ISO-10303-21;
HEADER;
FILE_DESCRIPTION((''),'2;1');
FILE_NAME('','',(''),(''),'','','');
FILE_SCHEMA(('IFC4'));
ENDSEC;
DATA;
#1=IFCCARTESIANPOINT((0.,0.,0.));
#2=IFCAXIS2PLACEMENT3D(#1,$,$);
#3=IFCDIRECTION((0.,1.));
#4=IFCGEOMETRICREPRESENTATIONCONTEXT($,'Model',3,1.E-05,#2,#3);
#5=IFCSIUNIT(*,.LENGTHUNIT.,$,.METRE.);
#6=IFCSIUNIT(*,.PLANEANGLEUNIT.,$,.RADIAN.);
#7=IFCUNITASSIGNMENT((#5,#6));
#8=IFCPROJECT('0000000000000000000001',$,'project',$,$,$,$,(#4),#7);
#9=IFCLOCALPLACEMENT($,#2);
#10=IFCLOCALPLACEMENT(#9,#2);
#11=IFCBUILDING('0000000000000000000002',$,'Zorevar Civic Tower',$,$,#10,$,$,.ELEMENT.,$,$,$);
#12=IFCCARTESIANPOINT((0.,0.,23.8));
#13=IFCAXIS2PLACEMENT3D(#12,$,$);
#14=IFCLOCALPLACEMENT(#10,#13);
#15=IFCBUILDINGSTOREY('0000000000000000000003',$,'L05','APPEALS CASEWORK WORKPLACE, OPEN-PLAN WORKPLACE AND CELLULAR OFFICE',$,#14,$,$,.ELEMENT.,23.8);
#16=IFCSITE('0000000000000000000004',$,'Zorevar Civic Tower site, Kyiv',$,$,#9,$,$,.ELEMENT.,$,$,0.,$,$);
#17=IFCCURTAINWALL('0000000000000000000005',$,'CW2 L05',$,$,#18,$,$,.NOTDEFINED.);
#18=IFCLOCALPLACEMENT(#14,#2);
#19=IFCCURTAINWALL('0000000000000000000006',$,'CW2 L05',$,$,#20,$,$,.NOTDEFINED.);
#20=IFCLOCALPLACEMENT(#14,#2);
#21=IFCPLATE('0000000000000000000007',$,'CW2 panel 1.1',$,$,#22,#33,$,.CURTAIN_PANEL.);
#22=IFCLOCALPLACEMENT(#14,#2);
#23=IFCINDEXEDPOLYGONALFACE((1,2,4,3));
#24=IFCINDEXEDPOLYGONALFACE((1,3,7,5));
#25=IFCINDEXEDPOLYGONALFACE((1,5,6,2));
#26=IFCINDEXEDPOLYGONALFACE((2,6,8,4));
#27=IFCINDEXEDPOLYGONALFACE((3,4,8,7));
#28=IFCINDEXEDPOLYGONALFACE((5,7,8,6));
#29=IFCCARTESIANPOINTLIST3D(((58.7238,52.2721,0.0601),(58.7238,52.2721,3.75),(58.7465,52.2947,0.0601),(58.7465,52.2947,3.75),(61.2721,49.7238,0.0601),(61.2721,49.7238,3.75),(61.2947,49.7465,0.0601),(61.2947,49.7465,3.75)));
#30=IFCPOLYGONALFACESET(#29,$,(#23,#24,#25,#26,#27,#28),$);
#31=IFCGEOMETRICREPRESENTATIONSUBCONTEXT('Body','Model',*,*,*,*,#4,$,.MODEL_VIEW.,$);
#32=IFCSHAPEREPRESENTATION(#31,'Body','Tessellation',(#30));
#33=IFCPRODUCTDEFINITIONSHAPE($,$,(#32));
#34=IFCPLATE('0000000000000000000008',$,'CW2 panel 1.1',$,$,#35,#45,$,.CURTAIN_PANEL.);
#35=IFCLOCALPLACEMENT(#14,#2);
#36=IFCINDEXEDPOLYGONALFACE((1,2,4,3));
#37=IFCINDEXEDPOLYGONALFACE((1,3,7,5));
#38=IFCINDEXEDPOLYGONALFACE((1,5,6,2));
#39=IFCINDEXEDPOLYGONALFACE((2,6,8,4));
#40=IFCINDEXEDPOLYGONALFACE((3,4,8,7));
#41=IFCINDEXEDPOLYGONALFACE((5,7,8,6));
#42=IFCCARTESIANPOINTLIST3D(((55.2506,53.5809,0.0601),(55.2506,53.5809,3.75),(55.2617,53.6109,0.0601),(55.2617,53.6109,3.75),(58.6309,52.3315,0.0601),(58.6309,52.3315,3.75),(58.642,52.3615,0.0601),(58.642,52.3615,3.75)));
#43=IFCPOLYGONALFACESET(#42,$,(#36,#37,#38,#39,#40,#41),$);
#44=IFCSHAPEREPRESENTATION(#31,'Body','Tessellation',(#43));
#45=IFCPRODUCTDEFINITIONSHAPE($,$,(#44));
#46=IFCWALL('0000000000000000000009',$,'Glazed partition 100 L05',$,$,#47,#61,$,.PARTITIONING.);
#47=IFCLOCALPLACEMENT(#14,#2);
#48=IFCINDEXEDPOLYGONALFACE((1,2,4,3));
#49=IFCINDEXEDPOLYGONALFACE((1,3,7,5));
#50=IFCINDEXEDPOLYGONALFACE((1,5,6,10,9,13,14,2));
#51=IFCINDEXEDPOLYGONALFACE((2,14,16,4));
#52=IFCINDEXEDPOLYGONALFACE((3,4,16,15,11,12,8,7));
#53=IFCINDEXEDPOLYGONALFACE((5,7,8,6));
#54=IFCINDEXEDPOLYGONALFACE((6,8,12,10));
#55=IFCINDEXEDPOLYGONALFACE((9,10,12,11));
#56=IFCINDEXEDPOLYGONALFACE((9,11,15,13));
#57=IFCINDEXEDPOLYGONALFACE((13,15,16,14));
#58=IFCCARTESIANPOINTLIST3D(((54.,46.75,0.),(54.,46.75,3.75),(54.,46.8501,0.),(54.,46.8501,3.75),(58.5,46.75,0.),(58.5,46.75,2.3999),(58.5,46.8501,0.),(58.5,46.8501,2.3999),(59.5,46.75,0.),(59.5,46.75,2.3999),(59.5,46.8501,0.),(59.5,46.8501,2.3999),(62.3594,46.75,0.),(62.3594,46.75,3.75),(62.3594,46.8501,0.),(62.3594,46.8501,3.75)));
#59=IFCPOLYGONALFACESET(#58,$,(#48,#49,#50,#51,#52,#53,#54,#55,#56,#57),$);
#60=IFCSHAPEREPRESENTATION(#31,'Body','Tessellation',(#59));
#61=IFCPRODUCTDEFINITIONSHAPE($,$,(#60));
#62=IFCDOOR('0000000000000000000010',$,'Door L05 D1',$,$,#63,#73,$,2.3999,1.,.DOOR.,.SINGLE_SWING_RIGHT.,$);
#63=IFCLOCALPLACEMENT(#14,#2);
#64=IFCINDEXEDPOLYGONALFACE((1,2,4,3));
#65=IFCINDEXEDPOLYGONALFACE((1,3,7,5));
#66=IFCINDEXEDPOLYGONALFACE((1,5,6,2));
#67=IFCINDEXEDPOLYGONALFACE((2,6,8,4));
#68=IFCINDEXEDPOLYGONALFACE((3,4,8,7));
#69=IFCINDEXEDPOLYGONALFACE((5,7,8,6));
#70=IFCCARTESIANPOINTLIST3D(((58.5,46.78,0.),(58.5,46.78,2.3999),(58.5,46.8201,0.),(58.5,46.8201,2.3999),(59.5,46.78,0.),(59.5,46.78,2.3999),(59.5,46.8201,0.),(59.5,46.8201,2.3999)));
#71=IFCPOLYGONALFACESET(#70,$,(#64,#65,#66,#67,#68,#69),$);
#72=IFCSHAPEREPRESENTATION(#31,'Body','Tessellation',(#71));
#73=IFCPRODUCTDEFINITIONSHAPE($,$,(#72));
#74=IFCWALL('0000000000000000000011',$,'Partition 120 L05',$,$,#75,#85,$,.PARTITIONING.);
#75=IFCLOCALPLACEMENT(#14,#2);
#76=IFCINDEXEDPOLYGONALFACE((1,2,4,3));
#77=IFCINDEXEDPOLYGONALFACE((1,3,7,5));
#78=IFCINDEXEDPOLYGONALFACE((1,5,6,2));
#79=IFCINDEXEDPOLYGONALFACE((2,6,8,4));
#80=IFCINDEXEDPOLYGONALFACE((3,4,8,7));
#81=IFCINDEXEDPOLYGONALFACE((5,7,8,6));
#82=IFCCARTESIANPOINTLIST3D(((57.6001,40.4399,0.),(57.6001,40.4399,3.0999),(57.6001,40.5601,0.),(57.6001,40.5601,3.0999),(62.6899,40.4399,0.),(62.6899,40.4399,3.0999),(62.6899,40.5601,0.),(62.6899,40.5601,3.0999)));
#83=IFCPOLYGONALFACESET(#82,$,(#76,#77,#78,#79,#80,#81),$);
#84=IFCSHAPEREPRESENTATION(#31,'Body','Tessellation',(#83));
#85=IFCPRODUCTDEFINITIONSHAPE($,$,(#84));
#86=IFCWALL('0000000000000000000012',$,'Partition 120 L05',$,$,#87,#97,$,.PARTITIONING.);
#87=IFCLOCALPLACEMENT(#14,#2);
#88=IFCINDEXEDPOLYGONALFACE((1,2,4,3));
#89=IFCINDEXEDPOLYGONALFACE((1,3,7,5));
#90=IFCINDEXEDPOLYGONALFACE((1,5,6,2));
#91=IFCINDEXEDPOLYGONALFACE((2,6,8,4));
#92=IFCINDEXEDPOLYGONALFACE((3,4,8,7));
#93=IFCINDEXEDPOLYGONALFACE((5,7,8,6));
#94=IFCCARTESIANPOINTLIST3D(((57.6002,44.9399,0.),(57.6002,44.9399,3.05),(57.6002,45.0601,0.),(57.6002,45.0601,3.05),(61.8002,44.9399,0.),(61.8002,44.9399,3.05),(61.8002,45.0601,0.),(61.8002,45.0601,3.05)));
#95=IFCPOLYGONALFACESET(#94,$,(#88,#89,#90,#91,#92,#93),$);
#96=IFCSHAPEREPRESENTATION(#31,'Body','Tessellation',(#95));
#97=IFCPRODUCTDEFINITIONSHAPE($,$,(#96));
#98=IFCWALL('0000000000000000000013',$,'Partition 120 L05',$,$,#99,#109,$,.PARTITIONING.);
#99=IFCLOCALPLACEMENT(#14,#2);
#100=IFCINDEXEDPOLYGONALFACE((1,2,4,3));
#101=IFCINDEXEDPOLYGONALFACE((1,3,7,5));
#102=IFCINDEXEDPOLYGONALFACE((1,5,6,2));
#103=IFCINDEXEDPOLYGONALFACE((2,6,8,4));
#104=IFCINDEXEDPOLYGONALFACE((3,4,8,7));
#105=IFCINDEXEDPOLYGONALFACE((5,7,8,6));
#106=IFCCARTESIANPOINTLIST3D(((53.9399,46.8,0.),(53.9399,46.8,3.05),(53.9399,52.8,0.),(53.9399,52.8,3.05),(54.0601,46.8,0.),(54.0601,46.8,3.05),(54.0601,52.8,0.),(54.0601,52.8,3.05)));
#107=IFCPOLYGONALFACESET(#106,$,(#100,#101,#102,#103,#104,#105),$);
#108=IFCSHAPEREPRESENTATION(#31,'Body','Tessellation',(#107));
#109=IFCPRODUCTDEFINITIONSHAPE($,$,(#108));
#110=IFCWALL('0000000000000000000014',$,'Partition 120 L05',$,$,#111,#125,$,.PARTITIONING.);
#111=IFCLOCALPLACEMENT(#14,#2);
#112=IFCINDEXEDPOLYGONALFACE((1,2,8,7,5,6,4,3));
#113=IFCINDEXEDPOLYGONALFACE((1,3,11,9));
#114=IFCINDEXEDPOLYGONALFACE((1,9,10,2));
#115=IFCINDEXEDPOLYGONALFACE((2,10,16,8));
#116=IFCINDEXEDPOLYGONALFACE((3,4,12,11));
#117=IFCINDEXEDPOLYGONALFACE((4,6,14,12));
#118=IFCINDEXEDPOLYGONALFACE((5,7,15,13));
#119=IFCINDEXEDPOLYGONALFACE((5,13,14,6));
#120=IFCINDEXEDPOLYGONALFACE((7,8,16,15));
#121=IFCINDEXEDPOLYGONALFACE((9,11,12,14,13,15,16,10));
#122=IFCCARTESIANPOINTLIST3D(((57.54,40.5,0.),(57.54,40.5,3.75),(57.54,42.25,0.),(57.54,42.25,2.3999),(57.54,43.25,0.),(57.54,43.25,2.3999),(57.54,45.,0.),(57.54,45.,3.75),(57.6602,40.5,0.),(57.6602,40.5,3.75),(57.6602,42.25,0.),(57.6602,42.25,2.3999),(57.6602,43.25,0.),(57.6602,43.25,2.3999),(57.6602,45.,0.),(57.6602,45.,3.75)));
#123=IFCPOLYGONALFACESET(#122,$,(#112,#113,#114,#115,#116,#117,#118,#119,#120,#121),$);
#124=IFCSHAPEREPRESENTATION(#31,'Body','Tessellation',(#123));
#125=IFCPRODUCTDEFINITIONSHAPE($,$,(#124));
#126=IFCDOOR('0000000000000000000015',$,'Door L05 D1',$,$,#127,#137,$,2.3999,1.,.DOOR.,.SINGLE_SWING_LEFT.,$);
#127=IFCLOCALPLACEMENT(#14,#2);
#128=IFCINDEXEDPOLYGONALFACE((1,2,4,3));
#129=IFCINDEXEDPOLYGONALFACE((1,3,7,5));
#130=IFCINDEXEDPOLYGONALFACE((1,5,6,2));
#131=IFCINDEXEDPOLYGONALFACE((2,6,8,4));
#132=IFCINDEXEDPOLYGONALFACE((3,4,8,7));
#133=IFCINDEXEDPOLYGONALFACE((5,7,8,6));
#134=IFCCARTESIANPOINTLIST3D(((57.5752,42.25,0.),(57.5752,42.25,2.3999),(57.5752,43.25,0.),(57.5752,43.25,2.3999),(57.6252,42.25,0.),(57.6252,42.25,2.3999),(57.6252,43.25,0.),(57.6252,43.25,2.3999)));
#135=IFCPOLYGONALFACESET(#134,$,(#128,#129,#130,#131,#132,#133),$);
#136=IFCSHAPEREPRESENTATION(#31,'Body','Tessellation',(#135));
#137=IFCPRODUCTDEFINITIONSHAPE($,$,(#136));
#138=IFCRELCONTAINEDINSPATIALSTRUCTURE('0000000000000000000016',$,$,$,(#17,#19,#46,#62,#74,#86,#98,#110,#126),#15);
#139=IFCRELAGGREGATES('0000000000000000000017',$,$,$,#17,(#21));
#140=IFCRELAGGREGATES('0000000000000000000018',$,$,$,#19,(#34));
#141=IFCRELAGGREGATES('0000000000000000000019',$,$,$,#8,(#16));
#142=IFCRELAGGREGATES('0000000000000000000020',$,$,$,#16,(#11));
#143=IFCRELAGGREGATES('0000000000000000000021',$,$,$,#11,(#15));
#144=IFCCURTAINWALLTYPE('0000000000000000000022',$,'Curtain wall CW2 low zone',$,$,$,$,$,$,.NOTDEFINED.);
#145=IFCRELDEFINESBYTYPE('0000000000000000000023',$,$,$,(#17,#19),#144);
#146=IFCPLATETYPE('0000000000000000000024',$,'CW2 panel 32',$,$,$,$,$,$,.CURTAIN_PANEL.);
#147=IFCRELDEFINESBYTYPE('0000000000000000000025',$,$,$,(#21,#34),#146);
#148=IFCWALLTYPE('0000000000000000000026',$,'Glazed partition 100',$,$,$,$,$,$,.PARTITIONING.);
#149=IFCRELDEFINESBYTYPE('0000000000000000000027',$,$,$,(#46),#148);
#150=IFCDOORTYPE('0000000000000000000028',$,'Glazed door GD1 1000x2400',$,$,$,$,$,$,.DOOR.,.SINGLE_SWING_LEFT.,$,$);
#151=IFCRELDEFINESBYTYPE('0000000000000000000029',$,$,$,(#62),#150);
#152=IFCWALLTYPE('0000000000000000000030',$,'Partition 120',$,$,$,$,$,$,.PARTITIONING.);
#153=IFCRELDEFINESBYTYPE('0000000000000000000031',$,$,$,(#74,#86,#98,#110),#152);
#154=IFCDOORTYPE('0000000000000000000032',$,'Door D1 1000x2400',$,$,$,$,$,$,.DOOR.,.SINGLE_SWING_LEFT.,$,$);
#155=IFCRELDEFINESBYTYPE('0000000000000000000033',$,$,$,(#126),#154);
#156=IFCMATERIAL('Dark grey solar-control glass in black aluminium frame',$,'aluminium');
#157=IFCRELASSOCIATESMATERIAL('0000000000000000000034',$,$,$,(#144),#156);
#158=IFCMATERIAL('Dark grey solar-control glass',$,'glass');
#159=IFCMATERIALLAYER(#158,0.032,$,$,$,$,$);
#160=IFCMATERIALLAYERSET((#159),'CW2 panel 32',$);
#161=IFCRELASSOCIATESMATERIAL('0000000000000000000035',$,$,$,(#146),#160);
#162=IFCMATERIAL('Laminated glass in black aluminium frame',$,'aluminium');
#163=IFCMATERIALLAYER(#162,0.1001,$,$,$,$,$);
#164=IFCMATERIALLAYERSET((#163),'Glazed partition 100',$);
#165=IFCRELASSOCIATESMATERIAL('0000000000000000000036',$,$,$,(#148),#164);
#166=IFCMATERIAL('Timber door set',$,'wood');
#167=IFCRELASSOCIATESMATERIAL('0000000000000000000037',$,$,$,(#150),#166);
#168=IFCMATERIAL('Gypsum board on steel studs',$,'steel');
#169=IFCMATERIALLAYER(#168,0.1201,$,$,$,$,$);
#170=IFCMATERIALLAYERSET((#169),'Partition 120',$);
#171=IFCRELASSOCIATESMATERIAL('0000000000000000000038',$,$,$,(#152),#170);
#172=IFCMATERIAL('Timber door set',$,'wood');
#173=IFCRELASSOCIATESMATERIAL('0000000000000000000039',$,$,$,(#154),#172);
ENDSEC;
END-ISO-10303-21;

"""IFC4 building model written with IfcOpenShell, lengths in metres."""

from ifc_helpers import new_model, si_unit, direction, frame, frame_2d, origin, origin_2d, place, context, subcontext, project, spatial, rectangle, extrude, material, layer, layer_set, type_object, element, fill, aggregate, save


model = new_model("IFC4")

# Units and contexts
model_context = context("Model", 3, precision=1e-05, world=origin(), true_north=direction((0.0, 1.0)))
body_context = subcontext(model_context, "Body", "Model", "MODEL_VIEW")
ifc_project = project(units=[si_unit("LENGTHUNIT", "METRE"), si_unit("PLANEANGLEUNIT", "RADIAN")], contexts=[model_context])

# Site, building, storey
site_placement = place(None, origin())
site = spatial("IfcSite", under=ifc_project, at=site_placement, Name="Zorevar Civic Tower site, Kyiv", CompositionType="ELEMENT", RefElevation=0.0)
building_placement = place(site_placement, origin())
building = spatial("IfcBuilding", under=site, at=building_placement, Name="Zorevar Civic Tower", CompositionType="ELEMENT")
storey_placement = place(building_placement, frame((0.0, 0.0, 23.8)))
storey = spatial("IfcBuildingStorey", under=building, at=storey_placement, Name="L05", Description="APPEALS CASEWORK WORKPLACE, OPEN-PLAN WORKPLACE AND CELLULAR OFFICE", CompositionType="ELEMENT", Elevation=23.8)

# Curtain walls
ifc_material_1 = material(Name="Dark grey solar-control glass in black aluminium frame", Category="aluminium")
curtain_wall_type = type_object("IfcCurtainWallType", Name="Curtain wall CW2 low zone", PredefinedType="NOTDEFINED", material=ifc_material_1)
curtain_wall_1_placement = place(storey_placement, origin())
curtain_wall_1 = element("IfcCurtainWall", 1, at=curtain_wall_1_placement, inside=storey, type_object=curtain_wall_type, Name="CW2 L05", PredefinedType="NOTDEFINED")
curtain_wall_2_placement = place(storey_placement, origin())
curtain_wall_2 = element("IfcCurtainWall", 2, at=curtain_wall_2_placement, inside=storey, type_object=curtain_wall_type, Name="CW2 L05", PredefinedType="NOTDEFINED")

# Plates
ifc_material_2 = material(Name="Dark grey solar-control glass", Category="glass")
ifc_layer_1 = layer(ifc_material_2, 0.032)
ifc_layer_set_1 = layer_set([ifc_layer_1], Name="CW2 panel 32")
plate_type = type_object("IfcPlateType", Name="CW2 panel 32", PredefinedType="CURTAIN_PANEL", material=ifc_layer_set_1)
plate_1_placement = place(storey_placement, frame((60.0093, 51.0093, 0.0601), z_axis=(0.0, 0.0, 1.0), x_axis=(-0.707107, 0.707107, 0.0)))
plate_1 = element("IfcPlate", 3, at=plate_1_placement, type_object=plate_type, Name="CW2 panel 1.1", PredefinedType="CURTAIN_PANEL", context=body_context, shape_type="SweptSolid", body=[
    extrude(rectangle(XDim=3.6038, YDim=0.032, at=origin_2d()), origin(), (0.0, 0.0, 1.0), 3.6899),
])
aggregate(curtain_wall_1, [plate_1])
plate_2_placement = place(storey_placement, frame((56.9463, 52.9712, 0.0601), z_axis=(0.0, 0.0, 1.0), x_axis=(-0.937975, 0.346704, 0.0)))
plate_2 = element("IfcPlate", 4, at=plate_2_placement, type_object=plate_type, Name="CW2 panel 1.1", PredefinedType="CURTAIN_PANEL", context=body_context, shape_type="SweptSolid", body=[
    extrude(rectangle(XDim=3.6038, YDim=0.032, at=origin_2d()), origin(), (0.0, 0.0, 1.0), 3.6899),
])
aggregate(curtain_wall_2, [plate_2])

# Wall, opening, door
ifc_material_3 = material(Name="Laminated glass in black aluminium frame", Category="aluminium")
ifc_layer_2 = layer(ifc_material_3, 0.1001)
ifc_layer_set_2 = layer_set([ifc_layer_2], Name="Glazed partition 100")
wall_type_1 = type_object("IfcWallType", Name="Glazed partition 100", PredefinedType="PARTITIONING", material=ifc_layer_set_2)
wall_1_placement = place(storey_placement, frame((54.0, 46.8, 0.0), z_axis=(0.0, 0.0, 1.0), x_axis=(1.0, 0.0, 0.0)))
wall_1 = element("IfcWall", 5, at=wall_1_placement, inside=storey, type_object=wall_type_1, Name="Glazed partition 100 L05", PredefinedType="PARTITIONING", context=body_context, shape_type="SweptSolid", body=[
    extrude(rectangle(XDim=8.3594, YDim=0.1001, at=frame_2d((4.1797, 0.0))), origin(), (0.0, 0.0, 1.0), 3.75),
])
opening_1_placement = place(wall_1_placement, frame((4.5, 0.0, 0.0)))
opening_1 = element("IfcOpeningElement", 6, at=opening_1_placement, cuts=wall_1, PredefinedType="OPENING", context=body_context, shape_type="SweptSolid", body=[
    extrude(rectangle(XDim=1.0, YDim=2.3999, at=frame_2d((0.5, 1.2))), frame((0.0, 0.0601, 0.0), z_axis=(0.0, -1.0, 0.0), x_axis=(1.0, 0.0, 0.0)), (0.0, 0.0, 1.0), 0.1201),
])
ifc_material_4 = material(Name="Timber door set", Category="wood")
door_type_1 = type_object("IfcDoorType", Name="Glazed door GD1 1000x2400", OperationType="SINGLE_SWING_LEFT", PredefinedType="DOOR", material=ifc_material_4)
door_1_placement = place(opening_1_placement, origin())
door_1 = element("IfcDoor", 7, at=door_1_placement, inside=storey, type_object=door_type_1, Name="Door L05 D1", OperationType="SINGLE_SWING_RIGHT", OverallHeight=2.3999, OverallWidth=1.0, PredefinedType="DOOR", context=body_context, shape_type="SweptSolid", body=[
    extrude(rectangle(XDim=1.0, YDim=2.3999, at=frame_2d((0.5, 1.2))), frame((0.0, 0.02, 0.0), z_axis=(0.0, -1.0, 0.0), x_axis=(1.0, 0.0, 0.0)), (0.0, 0.0, 1.0), 0.04),
])
fill(opening_1, door_1)

# Walls
ifc_material_5 = material(Name="Gypsum board on steel studs", Category="steel")
ifc_layer_3 = layer(ifc_material_5, 0.1201)
ifc_layer_set_3 = layer_set([ifc_layer_3], Name="Partition 120")
wall_type_2 = type_object("IfcWallType", Name="Partition 120", PredefinedType="PARTITIONING", material=ifc_layer_set_3)
wall_2_placement = place(storey_placement, frame((57.6001, 40.5, 0.0), z_axis=(0.0, 0.0, 1.0), x_axis=(1.0, 0.0, 0.0)))
element("IfcWall", 8, at=wall_2_placement, inside=storey, type_object=wall_type_2, Name="Partition 120 L05", PredefinedType="PARTITIONING", context=body_context, shape_type="SweptSolid", body=[
    extrude(rectangle(XDim=5.0898, YDim=0.1201, at=frame_2d((2.5449, 0.0))), origin(), (0.0, 0.0, 1.0), 3.0999),
])
wall_3_placement = place(storey_placement, frame((57.6001, 45.0, 0.0), z_axis=(0.0, 0.0, 1.0), x_axis=(1.0, 0.0, 0.0)))
element("IfcWall", 9, at=wall_3_placement, inside=storey, type_object=wall_type_2, Name="Partition 120 L05", PredefinedType="PARTITIONING", context=body_context, shape_type="SweptSolid", body=[
    extrude(rectangle(XDim=4.2, YDim=0.1201, at=frame_2d((2.1001, 0.0))), origin(), (0.0, 0.0, 1.0), 3.05),
])
wall_4_placement = place(storey_placement, frame((54.0, 46.8, 0.0), z_axis=(0.0, 0.0, 1.0), x_axis=(0.0, 1.0, 0.0)))
element("IfcWall", 10, at=wall_4_placement, inside=storey, type_object=wall_type_2, Name="Partition 120 L05", PredefinedType="PARTITIONING", context=body_context, shape_type="SweptSolid", body=[
    extrude(rectangle(XDim=6.0, YDim=0.1201, at=frame_2d((3.0, 0.0))), origin(), (0.0, 0.0, 1.0), 3.05),
])

# Wall, opening, door
wall_5_placement = place(storey_placement, frame((57.6001, 40.5, 0.0), z_axis=(0.0, 0.0, 1.0), x_axis=(0.0, 1.0, 0.0)))
wall_5 = element("IfcWall", 11, at=wall_5_placement, inside=storey, type_object=wall_type_2, Name="Partition 120 L05", PredefinedType="PARTITIONING", context=body_context, shape_type="SweptSolid", body=[
    extrude(rectangle(XDim=4.5, YDim=0.1201, at=frame_2d((2.25, 0.0))), origin(), (0.0, 0.0, 1.0), 3.75),
])
opening_2_placement = place(wall_5_placement, frame((1.75, 0.0, 0.0)))
opening_2 = element("IfcOpeningElement", 12, at=opening_2_placement, cuts=wall_5, PredefinedType="OPENING", context=body_context, shape_type="SweptSolid", body=[
    extrude(rectangle(XDim=1.0, YDim=2.3999, at=frame_2d((0.5, 1.2))), frame((0.0, 0.0701, 0.0), z_axis=(0.0, -1.0, 0.0), x_axis=(1.0, 0.0, 0.0)), (0.0, 0.0, 1.0), 0.1401),
])
ifc_material_6 = material(Name="Timber door set", Category="wood")
door_type_2 = type_object("IfcDoorType", Name="Door D1 1000x2400", OperationType="SINGLE_SWING_LEFT", PredefinedType="DOOR", material=ifc_material_6)
door_2_placement = place(opening_2_placement, origin())
door_2 = element("IfcDoor", 13, at=door_2_placement, inside=storey, type_object=door_type_2, Name="Door L05 D1", OperationType="SINGLE_SWING_LEFT", OverallHeight=2.3999, OverallWidth=1.0, PredefinedType="DOOR", context=body_context, shape_type="SweptSolid", body=[
    extrude(rectangle(XDim=1.0, YDim=2.3999, at=frame_2d((0.5, 1.2))), frame((0.0, 0.0249, 0.0), z_axis=(0.0, -1.0, 0.0), x_axis=(1.0, 0.0, 0.0)), (0.0, 0.0, 1.0), 0.05),
])
fill(opening_2, door_2)

save(model, "model.ifc")
